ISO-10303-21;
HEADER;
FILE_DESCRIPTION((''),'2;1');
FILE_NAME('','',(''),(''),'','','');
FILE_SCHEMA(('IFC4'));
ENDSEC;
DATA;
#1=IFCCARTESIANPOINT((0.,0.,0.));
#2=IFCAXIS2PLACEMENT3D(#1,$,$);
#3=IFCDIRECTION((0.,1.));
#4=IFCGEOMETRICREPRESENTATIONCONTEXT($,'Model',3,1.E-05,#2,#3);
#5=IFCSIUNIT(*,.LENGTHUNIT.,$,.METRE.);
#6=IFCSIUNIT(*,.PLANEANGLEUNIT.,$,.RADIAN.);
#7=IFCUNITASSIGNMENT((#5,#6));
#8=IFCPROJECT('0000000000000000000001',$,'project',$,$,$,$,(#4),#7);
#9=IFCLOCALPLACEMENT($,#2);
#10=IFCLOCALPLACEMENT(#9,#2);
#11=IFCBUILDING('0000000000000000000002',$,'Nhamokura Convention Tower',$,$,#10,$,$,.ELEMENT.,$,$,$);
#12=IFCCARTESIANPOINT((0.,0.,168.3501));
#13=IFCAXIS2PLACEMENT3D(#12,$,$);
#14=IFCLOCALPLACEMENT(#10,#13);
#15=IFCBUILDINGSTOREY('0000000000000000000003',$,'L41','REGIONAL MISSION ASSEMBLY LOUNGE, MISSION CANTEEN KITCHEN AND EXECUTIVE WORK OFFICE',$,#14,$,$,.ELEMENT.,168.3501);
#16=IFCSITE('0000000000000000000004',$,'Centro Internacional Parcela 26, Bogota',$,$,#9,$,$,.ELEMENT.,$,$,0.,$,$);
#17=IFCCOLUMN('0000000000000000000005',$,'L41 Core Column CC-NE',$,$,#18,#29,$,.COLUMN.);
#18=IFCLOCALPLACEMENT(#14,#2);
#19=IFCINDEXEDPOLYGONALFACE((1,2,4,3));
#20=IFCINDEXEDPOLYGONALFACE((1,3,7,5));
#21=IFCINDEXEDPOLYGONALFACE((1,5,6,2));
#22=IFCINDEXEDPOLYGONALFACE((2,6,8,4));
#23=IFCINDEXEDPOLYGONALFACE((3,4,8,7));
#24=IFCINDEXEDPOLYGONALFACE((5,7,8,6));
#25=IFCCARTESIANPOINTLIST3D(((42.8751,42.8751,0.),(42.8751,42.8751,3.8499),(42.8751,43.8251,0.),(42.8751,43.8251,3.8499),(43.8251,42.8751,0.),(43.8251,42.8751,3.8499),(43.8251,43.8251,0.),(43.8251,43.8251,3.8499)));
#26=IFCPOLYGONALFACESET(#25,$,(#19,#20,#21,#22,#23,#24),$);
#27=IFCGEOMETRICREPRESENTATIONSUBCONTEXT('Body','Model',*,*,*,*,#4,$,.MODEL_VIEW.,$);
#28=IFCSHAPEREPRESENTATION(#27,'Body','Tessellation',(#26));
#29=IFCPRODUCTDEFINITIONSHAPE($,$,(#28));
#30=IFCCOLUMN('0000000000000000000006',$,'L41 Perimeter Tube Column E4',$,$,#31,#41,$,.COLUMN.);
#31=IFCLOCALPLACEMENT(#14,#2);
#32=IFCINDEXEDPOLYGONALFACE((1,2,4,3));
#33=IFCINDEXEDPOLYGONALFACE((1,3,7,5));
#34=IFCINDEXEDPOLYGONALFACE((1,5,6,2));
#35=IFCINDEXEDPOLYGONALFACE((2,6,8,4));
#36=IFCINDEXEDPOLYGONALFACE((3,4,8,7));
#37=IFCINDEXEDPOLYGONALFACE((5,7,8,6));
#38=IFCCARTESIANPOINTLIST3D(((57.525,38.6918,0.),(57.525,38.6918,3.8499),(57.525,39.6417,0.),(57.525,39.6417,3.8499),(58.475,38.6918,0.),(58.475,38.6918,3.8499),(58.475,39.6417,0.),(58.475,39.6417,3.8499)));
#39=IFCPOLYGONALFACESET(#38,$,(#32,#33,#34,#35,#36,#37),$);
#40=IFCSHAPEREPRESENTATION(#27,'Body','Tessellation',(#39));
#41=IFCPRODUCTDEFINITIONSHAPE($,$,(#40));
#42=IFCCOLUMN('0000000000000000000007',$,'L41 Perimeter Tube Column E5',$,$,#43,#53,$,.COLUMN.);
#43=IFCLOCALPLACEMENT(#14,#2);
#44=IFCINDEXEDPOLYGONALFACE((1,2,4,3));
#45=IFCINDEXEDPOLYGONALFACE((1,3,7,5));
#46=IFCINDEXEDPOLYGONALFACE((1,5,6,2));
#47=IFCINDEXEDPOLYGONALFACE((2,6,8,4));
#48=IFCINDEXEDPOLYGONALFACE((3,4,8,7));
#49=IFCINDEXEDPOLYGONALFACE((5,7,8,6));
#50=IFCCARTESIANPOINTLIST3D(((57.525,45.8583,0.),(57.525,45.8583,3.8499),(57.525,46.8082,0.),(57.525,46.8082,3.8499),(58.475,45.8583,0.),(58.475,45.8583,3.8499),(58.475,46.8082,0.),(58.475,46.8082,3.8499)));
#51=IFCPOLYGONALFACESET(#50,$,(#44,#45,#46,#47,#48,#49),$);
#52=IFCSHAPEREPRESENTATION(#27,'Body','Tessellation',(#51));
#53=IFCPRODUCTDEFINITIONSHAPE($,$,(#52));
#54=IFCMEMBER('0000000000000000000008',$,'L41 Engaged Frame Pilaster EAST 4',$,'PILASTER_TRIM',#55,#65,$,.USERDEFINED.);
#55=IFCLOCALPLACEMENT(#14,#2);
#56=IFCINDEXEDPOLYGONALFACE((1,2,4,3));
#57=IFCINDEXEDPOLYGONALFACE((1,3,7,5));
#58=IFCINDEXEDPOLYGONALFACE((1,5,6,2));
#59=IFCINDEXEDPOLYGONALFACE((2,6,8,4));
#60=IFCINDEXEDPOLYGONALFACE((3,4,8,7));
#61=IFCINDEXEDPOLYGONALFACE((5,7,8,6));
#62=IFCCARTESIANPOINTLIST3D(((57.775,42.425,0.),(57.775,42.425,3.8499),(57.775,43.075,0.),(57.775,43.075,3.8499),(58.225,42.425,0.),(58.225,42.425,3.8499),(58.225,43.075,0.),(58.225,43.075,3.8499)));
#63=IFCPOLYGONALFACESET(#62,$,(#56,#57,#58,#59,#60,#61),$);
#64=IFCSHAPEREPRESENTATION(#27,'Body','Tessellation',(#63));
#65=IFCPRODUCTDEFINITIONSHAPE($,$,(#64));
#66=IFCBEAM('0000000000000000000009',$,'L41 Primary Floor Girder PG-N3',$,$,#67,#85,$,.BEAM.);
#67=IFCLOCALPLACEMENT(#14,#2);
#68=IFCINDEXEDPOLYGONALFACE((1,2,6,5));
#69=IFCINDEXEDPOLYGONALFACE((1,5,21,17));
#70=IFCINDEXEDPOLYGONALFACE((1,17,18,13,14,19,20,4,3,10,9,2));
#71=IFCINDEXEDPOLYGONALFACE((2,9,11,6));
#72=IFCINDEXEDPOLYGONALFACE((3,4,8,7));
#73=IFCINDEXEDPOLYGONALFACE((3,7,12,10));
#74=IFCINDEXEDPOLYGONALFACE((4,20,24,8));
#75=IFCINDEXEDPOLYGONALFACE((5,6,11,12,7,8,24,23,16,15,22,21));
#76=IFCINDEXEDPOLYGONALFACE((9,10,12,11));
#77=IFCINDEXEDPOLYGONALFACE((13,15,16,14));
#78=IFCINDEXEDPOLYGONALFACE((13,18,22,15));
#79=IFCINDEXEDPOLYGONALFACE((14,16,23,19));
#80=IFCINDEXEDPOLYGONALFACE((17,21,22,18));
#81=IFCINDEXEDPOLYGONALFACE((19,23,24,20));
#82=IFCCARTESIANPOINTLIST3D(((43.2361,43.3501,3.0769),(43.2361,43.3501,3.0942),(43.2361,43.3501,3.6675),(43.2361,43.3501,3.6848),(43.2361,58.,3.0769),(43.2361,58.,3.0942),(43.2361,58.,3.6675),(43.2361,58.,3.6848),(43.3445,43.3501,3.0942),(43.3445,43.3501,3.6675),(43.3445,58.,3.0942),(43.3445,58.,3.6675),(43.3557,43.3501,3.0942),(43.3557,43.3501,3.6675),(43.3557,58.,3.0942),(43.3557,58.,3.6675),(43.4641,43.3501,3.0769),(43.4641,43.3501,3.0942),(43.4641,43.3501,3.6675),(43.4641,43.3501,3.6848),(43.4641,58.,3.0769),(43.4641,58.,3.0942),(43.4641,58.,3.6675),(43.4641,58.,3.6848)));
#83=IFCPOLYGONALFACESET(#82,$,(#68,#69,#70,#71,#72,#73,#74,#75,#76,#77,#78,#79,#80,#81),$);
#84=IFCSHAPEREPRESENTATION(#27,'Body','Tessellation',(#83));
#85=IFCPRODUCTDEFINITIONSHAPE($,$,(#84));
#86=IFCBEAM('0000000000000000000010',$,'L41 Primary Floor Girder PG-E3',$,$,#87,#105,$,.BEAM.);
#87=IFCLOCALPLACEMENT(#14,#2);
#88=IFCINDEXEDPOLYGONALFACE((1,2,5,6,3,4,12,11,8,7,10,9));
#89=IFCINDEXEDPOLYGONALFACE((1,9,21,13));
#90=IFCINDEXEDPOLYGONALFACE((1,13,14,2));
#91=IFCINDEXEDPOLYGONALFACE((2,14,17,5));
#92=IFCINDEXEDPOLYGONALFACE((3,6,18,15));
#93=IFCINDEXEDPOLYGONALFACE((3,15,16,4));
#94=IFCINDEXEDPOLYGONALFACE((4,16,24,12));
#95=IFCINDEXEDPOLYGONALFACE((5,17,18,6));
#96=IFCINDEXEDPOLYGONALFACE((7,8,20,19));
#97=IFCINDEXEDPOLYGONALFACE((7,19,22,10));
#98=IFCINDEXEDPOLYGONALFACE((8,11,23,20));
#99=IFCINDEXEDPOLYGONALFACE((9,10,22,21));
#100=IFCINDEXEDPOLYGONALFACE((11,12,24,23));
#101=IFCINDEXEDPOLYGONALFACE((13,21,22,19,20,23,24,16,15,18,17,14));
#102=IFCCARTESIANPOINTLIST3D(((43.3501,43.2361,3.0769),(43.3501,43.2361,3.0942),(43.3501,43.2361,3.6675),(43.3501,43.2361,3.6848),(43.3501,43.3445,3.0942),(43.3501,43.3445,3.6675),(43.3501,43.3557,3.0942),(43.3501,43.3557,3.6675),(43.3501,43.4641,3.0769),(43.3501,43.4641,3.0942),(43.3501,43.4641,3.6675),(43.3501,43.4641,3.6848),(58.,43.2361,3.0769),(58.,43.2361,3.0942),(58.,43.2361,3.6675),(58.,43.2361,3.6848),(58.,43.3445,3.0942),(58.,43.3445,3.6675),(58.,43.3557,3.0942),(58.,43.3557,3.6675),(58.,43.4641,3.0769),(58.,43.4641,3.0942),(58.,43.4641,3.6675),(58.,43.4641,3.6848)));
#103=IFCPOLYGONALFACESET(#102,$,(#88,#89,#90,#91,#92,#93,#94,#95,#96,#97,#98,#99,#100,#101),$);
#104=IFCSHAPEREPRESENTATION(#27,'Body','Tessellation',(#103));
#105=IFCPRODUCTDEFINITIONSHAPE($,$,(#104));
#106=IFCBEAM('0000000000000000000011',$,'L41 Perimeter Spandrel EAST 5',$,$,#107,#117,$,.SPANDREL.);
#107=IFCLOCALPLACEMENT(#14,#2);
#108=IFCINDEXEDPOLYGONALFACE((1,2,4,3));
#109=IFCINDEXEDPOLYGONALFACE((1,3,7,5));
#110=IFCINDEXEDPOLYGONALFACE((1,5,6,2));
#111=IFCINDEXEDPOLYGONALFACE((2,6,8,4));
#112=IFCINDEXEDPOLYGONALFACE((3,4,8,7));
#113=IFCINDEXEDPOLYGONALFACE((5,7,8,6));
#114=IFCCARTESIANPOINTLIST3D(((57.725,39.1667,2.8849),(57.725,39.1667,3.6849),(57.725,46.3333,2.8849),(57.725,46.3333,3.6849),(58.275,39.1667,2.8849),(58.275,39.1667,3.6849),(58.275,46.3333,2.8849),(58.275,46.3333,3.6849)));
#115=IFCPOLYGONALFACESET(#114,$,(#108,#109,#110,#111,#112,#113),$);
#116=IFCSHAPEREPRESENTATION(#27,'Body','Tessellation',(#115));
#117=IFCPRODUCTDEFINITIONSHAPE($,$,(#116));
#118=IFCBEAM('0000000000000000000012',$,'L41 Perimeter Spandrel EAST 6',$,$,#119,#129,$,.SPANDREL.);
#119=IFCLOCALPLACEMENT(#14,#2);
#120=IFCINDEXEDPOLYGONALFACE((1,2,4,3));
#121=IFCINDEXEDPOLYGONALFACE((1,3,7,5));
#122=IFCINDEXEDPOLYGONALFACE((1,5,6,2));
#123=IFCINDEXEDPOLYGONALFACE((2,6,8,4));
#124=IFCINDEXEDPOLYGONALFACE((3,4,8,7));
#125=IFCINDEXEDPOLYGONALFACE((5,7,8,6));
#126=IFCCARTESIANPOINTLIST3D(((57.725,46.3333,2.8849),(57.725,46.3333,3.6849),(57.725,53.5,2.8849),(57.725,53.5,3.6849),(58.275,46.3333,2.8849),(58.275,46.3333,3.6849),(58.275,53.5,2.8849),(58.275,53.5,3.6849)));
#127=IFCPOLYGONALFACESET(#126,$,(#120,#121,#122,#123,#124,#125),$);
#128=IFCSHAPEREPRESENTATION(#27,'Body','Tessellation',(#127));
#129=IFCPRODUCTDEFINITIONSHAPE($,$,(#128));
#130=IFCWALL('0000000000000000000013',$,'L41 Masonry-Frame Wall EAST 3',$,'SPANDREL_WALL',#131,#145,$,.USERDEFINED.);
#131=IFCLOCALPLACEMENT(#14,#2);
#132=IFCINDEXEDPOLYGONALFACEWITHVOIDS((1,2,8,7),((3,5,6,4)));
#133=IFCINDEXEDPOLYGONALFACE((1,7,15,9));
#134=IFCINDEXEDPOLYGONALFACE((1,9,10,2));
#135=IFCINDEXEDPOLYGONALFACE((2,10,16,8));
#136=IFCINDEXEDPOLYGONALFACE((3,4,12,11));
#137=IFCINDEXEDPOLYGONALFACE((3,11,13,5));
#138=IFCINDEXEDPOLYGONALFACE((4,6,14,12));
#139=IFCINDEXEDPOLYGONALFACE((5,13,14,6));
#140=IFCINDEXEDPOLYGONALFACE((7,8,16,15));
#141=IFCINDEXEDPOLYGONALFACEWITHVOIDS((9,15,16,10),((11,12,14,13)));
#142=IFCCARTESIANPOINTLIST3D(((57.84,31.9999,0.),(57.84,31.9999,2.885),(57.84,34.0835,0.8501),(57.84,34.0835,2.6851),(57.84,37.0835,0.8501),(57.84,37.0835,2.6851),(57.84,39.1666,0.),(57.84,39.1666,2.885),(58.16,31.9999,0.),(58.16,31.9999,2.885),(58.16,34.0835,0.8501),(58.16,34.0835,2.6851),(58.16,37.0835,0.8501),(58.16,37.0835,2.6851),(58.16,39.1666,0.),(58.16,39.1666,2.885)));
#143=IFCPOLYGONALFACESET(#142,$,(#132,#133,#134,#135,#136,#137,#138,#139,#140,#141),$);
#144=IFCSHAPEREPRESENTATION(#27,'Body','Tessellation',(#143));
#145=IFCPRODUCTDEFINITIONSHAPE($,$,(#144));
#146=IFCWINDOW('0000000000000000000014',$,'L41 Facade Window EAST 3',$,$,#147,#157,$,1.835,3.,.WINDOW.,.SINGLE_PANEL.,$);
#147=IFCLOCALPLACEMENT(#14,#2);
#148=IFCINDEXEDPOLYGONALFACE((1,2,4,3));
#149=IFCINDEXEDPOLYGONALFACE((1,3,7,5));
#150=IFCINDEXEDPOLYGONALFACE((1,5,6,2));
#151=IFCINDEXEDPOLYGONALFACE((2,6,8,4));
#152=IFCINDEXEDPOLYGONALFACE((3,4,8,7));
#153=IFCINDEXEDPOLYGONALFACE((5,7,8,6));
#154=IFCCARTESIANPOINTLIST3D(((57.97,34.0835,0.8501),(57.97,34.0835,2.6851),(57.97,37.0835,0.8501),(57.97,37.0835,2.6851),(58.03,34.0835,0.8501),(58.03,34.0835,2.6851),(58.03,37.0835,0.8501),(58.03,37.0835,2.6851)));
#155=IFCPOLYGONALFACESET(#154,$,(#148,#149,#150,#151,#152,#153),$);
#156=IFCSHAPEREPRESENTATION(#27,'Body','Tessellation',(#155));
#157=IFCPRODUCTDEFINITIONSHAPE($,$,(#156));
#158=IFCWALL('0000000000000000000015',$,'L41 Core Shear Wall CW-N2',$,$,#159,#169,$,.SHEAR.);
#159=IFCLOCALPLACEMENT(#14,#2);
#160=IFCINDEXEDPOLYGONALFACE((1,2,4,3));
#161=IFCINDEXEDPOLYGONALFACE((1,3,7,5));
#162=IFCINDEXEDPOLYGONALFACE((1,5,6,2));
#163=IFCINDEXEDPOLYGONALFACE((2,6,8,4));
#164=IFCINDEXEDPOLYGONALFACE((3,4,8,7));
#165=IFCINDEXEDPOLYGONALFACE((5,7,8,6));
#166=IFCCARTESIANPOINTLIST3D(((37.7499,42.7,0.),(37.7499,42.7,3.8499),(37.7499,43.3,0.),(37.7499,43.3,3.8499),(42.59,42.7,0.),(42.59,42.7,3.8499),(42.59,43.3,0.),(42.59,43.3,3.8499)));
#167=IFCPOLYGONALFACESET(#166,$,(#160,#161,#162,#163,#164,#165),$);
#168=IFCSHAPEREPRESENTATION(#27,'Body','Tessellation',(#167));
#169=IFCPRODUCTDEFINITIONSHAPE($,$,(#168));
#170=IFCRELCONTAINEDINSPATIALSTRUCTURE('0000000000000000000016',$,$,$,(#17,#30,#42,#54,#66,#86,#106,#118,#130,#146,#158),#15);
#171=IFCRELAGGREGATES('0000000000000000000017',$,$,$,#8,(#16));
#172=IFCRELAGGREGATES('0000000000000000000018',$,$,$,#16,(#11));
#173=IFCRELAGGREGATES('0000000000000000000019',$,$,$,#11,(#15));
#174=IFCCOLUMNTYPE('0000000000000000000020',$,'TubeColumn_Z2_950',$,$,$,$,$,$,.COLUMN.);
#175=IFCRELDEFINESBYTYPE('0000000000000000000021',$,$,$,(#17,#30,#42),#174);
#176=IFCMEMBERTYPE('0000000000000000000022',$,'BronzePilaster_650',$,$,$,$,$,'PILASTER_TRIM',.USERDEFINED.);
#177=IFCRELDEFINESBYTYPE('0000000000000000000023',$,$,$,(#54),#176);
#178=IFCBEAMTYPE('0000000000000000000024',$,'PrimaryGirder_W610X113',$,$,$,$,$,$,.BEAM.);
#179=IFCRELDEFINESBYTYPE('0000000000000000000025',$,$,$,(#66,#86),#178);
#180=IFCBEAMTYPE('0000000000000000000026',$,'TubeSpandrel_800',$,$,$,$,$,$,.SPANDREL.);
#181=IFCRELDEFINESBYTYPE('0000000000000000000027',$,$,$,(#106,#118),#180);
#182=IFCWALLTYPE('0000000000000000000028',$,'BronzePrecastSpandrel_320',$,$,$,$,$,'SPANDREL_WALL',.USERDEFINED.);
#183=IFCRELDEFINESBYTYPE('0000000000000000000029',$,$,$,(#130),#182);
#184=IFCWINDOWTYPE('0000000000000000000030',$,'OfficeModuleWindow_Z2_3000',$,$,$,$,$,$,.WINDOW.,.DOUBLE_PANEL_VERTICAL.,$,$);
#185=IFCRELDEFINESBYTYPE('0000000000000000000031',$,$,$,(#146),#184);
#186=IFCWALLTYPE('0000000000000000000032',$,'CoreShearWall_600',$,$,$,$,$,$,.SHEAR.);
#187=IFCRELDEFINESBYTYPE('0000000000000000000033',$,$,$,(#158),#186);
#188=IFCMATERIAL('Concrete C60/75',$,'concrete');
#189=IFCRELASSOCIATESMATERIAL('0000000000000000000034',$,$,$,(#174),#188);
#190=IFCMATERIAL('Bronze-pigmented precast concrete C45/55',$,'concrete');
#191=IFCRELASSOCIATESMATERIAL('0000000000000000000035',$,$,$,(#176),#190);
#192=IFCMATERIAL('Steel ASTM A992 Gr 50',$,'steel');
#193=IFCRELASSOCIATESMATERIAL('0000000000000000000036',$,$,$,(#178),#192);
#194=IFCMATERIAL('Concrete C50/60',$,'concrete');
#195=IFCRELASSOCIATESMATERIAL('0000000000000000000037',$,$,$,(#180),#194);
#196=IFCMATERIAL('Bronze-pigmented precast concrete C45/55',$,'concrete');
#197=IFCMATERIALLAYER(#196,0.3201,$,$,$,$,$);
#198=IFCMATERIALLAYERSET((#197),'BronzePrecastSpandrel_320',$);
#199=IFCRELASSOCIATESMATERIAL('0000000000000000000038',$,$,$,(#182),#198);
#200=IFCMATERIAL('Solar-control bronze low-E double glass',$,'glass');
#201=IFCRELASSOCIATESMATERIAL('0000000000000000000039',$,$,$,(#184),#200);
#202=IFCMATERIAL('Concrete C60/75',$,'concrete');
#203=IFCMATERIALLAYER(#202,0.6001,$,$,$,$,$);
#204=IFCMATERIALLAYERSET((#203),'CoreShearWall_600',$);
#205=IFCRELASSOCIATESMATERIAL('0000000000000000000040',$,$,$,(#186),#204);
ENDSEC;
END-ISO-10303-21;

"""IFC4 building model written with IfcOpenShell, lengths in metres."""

from ifc_helpers import new_model, si_unit, direction, frame, frame_2d, origin, origin_2d, place, context, subcontext, project, spatial, rectangle, i_section, extrude, material, layer, layer_set, material_profile, profile_set, type_object, element, fill, save


model = new_model("IFC4")

# Units and contexts
model_context = context("Model", 3, precision=1e-05, world=origin(), true_north=direction((0.0, 1.0)))
body_context = subcontext(model_context, "Body", "Model", "MODEL_VIEW")
ifc_project = project(units=[si_unit("LENGTHUNIT", "METRE"), si_unit("PLANEANGLEUNIT", "RADIAN")], contexts=[model_context])

# Site, building, storey
site_placement = place(None, origin())
site = spatial("IfcSite", under=ifc_project, at=site_placement, Name="Centro Internacional Parcela 26, Bogota", CompositionType="ELEMENT", RefElevation=0.0)
building_placement = place(site_placement, origin())
building = spatial("IfcBuilding", under=site, at=building_placement, Name="Nhamokura Convention Tower", CompositionType="ELEMENT")
storey_placement = place(building_placement, frame((0.0, 0.0, 168.3501)))
storey = spatial("IfcBuildingStorey", under=building, at=storey_placement, Name="L41", Description="REGIONAL MISSION ASSEMBLY LOUNGE, MISSION CANTEEN KITCHEN AND EXECUTIVE WORK OFFICE", CompositionType="ELEMENT", Elevation=168.3501)

# Columns
ifc_material_1 = material(Name="Concrete C60/75", Category="concrete")
ifc_material_profile_1 = material_profile(ifc_material_1, rectangle(XDim=0.95, YDim=0.95, at=origin_2d()))
ifc_profile_set_1 = profile_set([ifc_material_profile_1], Name="Concrete C60/75")
column_type = type_object("IfcColumnType", Name="TubeColumn_Z2_950", PredefinedType="COLUMN", material=ifc_profile_set_1)
for number, where, z_axis, x_axis, name in (
    (1, (43.3501, 43.3501, 0.0), (0.0, 0.0, 1.0), (1.0, 0.0, 0.0), "L41 Core Column CC-NE"),
    (2, (58.0, 39.1667, 0.0), (0.0, 0.0, 1.0), (1.0, 0.0, 0.0), "L41 Perimeter Tube Column E4"),
    (3, (58.0, 46.3333, 0.0), (0.0, 0.0, 1.0), (1.0, 0.0, 0.0), "L41 Perimeter Tube Column E5"),
):
    element("IfcColumn", number, at=place(storey_placement, frame(where, z_axis=z_axis, x_axis=x_axis)), inside=storey, type_object=column_type, Name=name, PredefinedType="COLUMN", context=body_context, shape_type="SweptSolid", body=[
        extrude(rectangle(XDim=0.95, YDim=0.95, at=origin_2d()), origin(), (0.0, 0.0, 1.0), 3.8499),
    ])

# Member
ifc_material_2 = material(Name="Bronze-pigmented precast concrete C45/55", Category="concrete")
ifc_material_profile_2 = material_profile(ifc_material_2, rectangle(XDim=0.45, YDim=0.6499, at=origin_2d()))
ifc_profile_set_2 = profile_set([ifc_material_profile_2], Name="Bronze-pigmented precast concrete C45/55")
member_type = type_object("IfcMemberType", Name="BronzePilaster_650", ElementType="PILASTER_TRIM", PredefinedType="USERDEFINED", material=ifc_profile_set_2)
member_placement = place(storey_placement, frame((58.0, 42.75, 0.0), z_axis=(0.0, 0.0, 1.0), x_axis=(1.0, 0.0, 0.0)))
element("IfcMember", 4, at=member_placement, inside=storey, type_object=member_type, Name="L41 Engaged Frame Pilaster EAST 4", ObjectType="PILASTER_TRIM", PredefinedType="USERDEFINED", context=body_context, shape_type="SweptSolid", body=[
    extrude(rectangle(XDim=0.45, YDim=0.6499, at=origin_2d()), origin(), (0.0, 0.0, 1.0), 3.8499),
])

# Beams
ifc_material_3 = material(Name="Steel ASTM A992 Gr 50", Category="steel")
ifc_material_profile_3 = material_profile(ifc_material_3, i_section(OverallWidth=0.228, OverallDepth=0.6079, WebThickness=0.0112, FlangeThickness=0.0173, at=origin_2d()))
ifc_profile_set_3 = profile_set([ifc_material_profile_3], Name="Steel ASTM A992 Gr 50")
beam_type_1 = type_object("IfcBeamType", Name="PrimaryGirder_W610X113", PredefinedType="BEAM", material=ifc_profile_set_3)
for number, where, z_axis, x_axis, name in (
    (5, (43.3501, 43.3501, 3.3809), (0.0, 1.0, 0.0), (-1.0, 0.0, 0.0), "L41 Primary Floor Girder PG-N3"),
    (6, (43.3501, 43.3501, 3.3809), (1.0, 0.0, 0.0), (0.0, 1.0, 0.0), "L41 Primary Floor Girder PG-E3"),
):
    element("IfcBeam", number, at=place(storey_placement, frame(where, z_axis=z_axis, x_axis=x_axis)), inside=storey, type_object=beam_type_1, Name=name, PredefinedType="BEAM", context=body_context, shape_type="SweptSolid", body=[
        extrude(i_section(OverallWidth=0.228, OverallDepth=0.6079, WebThickness=0.0112, FlangeThickness=0.0173, at=origin_2d()), origin(), (0.0, 0.0, 1.0), 14.6499),
    ])
ifc_material_4 = material(Name="Concrete C50/60", Category="concrete")
ifc_material_profile_4 = material_profile(ifc_material_4, rectangle(XDim=0.55, YDim=0.8, at=origin_2d()))
ifc_profile_set_4 = profile_set([ifc_material_profile_4], Name="Concrete C50/60")
beam_type_2 = type_object("IfcBeamType", Name="TubeSpandrel_800", PredefinedType="SPANDREL", material=ifc_profile_set_4)
beam_1_placement = place(storey_placement, frame((58.0, 39.1667, 3.2849), z_axis=(0.0, 1.0, 0.0), x_axis=(-1.0, 0.0, 0.0)))
element("IfcBeam", 7, at=beam_1_placement, inside=storey, type_object=beam_type_2, Name="L41 Perimeter Spandrel EAST 5", PredefinedType="SPANDREL", context=body_context, shape_type="SweptSolid", body=[
    extrude(rectangle(XDim=0.55, YDim=0.8, at=origin_2d()), origin(), (0.0, 0.0, 1.0), 7.1665),
])
beam_2_placement = place(storey_placement, frame((58.0, 46.3333, 3.2849), z_axis=(0.0, 1.0, 0.0), x_axis=(-1.0, 0.0, 0.0)))
element("IfcBeam", 8, at=beam_2_placement, inside=storey, type_object=beam_type_2, Name="L41 Perimeter Spandrel EAST 6", PredefinedType="SPANDREL", context=body_context, shape_type="SweptSolid", body=[
    extrude(rectangle(XDim=0.55, YDim=0.8, at=origin_2d()), origin(), (0.0, 0.0, 1.0), 7.1667),
])

# Wall, opening, window
ifc_material_5 = material(Name="Bronze-pigmented precast concrete C45/55", Category="concrete")
ifc_layer_1 = layer(ifc_material_5, 0.3201)
ifc_layer_set_1 = layer_set([ifc_layer_1], Name="BronzePrecastSpandrel_320")
wall_type_1 = type_object("IfcWallType", Name="BronzePrecastSpandrel_320", ElementType="SPANDREL_WALL", PredefinedType="USERDEFINED", material=ifc_layer_set_1)
wall_1_placement = place(storey_placement, frame((58.0, 39.1667, 0.0), z_axis=(0.0, 0.0, 1.0), x_axis=(0.0, -1.0, 0.0)))
wall_1 = element("IfcWall", 9, at=wall_1_placement, inside=storey, type_object=wall_type_1, Name="L41 Masonry-Frame Wall EAST 3", ObjectType="SPANDREL_WALL", PredefinedType="USERDEFINED", context=body_context, shape_type="SweptSolid", body=[
    extrude(rectangle(XDim=7.1667, YDim=0.3201, at=frame_2d((3.5835, 0.0))), origin(), (0.0, 0.0, 1.0), 2.885),
])
opening_1_placement = place(wall_1_placement, frame((2.0833, 0.0, 0.8501)))
opening_1 = element("IfcOpeningElement", 10, at=opening_1_placement, cuts=wall_1, PredefinedType="OPENING", context=body_context, shape_type="SweptSolid", body=[
    extrude(rectangle(XDim=3.0, YDim=1.835, at=frame_2d((1.5, 0.9175))), frame((0.0, 0.1699, 0.0), z_axis=(0.0, -1.0, 0.0), x_axis=(1.0, 0.0, 0.0)), (0.0, 0.0, 1.0), 0.3401),
])
ifc_material_6 = material(Name="Solar-control bronze low-E double glass", Category="glass")
window_type = type_object("IfcWindowType", Name="OfficeModuleWindow_Z2_3000", PartitioningType="DOUBLE_PANEL_VERTICAL", PredefinedType="WINDOW", material=ifc_material_6)
window_placement = place(opening_1_placement, origin())
window = element("IfcWindow", 11, at=window_placement, inside=storey, type_object=window_type, Name="L41 Facade Window EAST 3", OverallHeight=1.835, OverallWidth=3.0, PartitioningType="SINGLE_PANEL", PredefinedType="WINDOW", context=body_context, shape_type="SweptSolid", body=[
    extrude(rectangle(XDim=3.0, YDim=1.835, at=frame_2d((1.5, 0.9175))), frame((0.0, 0.03, 0.0), z_axis=(0.0, -1.0, 0.0), x_axis=(1.0, 0.0, 0.0)), (0.0, 0.0, 1.0), 0.0601),
])
fill(opening_1, window)

# Wall
ifc_material_7 = material(Name="Concrete C60/75", Category="concrete")
ifc_layer_2 = layer(ifc_material_7, 0.6001)
ifc_layer_set_2 = layer_set([ifc_layer_2], Name="CoreShearWall_600")
wall_type_2 = type_object("IfcWallType", Name="CoreShearWall_600", PredefinedType="SHEAR", material=ifc_layer_set_2)
wall_2_placement = place(storey_placement, frame((37.75, 43.0, 0.0), z_axis=(0.0, 0.0, 1.0), x_axis=(1.0, 0.0, 0.0)))
element("IfcWall", 12, at=wall_2_placement, inside=storey, type_object=wall_type_2, Name="L41 Core Shear Wall CW-N2", PredefinedType="SHEAR", context=body_context, shape_type="SweptSolid", body=[
    extrude(rectangle(XDim=4.8401, YDim=0.6001, at=frame_2d((2.4199, 0.0))), origin(), (0.0, 0.0, 1.0), 3.8499),
])

save(model, "model.ifc")
